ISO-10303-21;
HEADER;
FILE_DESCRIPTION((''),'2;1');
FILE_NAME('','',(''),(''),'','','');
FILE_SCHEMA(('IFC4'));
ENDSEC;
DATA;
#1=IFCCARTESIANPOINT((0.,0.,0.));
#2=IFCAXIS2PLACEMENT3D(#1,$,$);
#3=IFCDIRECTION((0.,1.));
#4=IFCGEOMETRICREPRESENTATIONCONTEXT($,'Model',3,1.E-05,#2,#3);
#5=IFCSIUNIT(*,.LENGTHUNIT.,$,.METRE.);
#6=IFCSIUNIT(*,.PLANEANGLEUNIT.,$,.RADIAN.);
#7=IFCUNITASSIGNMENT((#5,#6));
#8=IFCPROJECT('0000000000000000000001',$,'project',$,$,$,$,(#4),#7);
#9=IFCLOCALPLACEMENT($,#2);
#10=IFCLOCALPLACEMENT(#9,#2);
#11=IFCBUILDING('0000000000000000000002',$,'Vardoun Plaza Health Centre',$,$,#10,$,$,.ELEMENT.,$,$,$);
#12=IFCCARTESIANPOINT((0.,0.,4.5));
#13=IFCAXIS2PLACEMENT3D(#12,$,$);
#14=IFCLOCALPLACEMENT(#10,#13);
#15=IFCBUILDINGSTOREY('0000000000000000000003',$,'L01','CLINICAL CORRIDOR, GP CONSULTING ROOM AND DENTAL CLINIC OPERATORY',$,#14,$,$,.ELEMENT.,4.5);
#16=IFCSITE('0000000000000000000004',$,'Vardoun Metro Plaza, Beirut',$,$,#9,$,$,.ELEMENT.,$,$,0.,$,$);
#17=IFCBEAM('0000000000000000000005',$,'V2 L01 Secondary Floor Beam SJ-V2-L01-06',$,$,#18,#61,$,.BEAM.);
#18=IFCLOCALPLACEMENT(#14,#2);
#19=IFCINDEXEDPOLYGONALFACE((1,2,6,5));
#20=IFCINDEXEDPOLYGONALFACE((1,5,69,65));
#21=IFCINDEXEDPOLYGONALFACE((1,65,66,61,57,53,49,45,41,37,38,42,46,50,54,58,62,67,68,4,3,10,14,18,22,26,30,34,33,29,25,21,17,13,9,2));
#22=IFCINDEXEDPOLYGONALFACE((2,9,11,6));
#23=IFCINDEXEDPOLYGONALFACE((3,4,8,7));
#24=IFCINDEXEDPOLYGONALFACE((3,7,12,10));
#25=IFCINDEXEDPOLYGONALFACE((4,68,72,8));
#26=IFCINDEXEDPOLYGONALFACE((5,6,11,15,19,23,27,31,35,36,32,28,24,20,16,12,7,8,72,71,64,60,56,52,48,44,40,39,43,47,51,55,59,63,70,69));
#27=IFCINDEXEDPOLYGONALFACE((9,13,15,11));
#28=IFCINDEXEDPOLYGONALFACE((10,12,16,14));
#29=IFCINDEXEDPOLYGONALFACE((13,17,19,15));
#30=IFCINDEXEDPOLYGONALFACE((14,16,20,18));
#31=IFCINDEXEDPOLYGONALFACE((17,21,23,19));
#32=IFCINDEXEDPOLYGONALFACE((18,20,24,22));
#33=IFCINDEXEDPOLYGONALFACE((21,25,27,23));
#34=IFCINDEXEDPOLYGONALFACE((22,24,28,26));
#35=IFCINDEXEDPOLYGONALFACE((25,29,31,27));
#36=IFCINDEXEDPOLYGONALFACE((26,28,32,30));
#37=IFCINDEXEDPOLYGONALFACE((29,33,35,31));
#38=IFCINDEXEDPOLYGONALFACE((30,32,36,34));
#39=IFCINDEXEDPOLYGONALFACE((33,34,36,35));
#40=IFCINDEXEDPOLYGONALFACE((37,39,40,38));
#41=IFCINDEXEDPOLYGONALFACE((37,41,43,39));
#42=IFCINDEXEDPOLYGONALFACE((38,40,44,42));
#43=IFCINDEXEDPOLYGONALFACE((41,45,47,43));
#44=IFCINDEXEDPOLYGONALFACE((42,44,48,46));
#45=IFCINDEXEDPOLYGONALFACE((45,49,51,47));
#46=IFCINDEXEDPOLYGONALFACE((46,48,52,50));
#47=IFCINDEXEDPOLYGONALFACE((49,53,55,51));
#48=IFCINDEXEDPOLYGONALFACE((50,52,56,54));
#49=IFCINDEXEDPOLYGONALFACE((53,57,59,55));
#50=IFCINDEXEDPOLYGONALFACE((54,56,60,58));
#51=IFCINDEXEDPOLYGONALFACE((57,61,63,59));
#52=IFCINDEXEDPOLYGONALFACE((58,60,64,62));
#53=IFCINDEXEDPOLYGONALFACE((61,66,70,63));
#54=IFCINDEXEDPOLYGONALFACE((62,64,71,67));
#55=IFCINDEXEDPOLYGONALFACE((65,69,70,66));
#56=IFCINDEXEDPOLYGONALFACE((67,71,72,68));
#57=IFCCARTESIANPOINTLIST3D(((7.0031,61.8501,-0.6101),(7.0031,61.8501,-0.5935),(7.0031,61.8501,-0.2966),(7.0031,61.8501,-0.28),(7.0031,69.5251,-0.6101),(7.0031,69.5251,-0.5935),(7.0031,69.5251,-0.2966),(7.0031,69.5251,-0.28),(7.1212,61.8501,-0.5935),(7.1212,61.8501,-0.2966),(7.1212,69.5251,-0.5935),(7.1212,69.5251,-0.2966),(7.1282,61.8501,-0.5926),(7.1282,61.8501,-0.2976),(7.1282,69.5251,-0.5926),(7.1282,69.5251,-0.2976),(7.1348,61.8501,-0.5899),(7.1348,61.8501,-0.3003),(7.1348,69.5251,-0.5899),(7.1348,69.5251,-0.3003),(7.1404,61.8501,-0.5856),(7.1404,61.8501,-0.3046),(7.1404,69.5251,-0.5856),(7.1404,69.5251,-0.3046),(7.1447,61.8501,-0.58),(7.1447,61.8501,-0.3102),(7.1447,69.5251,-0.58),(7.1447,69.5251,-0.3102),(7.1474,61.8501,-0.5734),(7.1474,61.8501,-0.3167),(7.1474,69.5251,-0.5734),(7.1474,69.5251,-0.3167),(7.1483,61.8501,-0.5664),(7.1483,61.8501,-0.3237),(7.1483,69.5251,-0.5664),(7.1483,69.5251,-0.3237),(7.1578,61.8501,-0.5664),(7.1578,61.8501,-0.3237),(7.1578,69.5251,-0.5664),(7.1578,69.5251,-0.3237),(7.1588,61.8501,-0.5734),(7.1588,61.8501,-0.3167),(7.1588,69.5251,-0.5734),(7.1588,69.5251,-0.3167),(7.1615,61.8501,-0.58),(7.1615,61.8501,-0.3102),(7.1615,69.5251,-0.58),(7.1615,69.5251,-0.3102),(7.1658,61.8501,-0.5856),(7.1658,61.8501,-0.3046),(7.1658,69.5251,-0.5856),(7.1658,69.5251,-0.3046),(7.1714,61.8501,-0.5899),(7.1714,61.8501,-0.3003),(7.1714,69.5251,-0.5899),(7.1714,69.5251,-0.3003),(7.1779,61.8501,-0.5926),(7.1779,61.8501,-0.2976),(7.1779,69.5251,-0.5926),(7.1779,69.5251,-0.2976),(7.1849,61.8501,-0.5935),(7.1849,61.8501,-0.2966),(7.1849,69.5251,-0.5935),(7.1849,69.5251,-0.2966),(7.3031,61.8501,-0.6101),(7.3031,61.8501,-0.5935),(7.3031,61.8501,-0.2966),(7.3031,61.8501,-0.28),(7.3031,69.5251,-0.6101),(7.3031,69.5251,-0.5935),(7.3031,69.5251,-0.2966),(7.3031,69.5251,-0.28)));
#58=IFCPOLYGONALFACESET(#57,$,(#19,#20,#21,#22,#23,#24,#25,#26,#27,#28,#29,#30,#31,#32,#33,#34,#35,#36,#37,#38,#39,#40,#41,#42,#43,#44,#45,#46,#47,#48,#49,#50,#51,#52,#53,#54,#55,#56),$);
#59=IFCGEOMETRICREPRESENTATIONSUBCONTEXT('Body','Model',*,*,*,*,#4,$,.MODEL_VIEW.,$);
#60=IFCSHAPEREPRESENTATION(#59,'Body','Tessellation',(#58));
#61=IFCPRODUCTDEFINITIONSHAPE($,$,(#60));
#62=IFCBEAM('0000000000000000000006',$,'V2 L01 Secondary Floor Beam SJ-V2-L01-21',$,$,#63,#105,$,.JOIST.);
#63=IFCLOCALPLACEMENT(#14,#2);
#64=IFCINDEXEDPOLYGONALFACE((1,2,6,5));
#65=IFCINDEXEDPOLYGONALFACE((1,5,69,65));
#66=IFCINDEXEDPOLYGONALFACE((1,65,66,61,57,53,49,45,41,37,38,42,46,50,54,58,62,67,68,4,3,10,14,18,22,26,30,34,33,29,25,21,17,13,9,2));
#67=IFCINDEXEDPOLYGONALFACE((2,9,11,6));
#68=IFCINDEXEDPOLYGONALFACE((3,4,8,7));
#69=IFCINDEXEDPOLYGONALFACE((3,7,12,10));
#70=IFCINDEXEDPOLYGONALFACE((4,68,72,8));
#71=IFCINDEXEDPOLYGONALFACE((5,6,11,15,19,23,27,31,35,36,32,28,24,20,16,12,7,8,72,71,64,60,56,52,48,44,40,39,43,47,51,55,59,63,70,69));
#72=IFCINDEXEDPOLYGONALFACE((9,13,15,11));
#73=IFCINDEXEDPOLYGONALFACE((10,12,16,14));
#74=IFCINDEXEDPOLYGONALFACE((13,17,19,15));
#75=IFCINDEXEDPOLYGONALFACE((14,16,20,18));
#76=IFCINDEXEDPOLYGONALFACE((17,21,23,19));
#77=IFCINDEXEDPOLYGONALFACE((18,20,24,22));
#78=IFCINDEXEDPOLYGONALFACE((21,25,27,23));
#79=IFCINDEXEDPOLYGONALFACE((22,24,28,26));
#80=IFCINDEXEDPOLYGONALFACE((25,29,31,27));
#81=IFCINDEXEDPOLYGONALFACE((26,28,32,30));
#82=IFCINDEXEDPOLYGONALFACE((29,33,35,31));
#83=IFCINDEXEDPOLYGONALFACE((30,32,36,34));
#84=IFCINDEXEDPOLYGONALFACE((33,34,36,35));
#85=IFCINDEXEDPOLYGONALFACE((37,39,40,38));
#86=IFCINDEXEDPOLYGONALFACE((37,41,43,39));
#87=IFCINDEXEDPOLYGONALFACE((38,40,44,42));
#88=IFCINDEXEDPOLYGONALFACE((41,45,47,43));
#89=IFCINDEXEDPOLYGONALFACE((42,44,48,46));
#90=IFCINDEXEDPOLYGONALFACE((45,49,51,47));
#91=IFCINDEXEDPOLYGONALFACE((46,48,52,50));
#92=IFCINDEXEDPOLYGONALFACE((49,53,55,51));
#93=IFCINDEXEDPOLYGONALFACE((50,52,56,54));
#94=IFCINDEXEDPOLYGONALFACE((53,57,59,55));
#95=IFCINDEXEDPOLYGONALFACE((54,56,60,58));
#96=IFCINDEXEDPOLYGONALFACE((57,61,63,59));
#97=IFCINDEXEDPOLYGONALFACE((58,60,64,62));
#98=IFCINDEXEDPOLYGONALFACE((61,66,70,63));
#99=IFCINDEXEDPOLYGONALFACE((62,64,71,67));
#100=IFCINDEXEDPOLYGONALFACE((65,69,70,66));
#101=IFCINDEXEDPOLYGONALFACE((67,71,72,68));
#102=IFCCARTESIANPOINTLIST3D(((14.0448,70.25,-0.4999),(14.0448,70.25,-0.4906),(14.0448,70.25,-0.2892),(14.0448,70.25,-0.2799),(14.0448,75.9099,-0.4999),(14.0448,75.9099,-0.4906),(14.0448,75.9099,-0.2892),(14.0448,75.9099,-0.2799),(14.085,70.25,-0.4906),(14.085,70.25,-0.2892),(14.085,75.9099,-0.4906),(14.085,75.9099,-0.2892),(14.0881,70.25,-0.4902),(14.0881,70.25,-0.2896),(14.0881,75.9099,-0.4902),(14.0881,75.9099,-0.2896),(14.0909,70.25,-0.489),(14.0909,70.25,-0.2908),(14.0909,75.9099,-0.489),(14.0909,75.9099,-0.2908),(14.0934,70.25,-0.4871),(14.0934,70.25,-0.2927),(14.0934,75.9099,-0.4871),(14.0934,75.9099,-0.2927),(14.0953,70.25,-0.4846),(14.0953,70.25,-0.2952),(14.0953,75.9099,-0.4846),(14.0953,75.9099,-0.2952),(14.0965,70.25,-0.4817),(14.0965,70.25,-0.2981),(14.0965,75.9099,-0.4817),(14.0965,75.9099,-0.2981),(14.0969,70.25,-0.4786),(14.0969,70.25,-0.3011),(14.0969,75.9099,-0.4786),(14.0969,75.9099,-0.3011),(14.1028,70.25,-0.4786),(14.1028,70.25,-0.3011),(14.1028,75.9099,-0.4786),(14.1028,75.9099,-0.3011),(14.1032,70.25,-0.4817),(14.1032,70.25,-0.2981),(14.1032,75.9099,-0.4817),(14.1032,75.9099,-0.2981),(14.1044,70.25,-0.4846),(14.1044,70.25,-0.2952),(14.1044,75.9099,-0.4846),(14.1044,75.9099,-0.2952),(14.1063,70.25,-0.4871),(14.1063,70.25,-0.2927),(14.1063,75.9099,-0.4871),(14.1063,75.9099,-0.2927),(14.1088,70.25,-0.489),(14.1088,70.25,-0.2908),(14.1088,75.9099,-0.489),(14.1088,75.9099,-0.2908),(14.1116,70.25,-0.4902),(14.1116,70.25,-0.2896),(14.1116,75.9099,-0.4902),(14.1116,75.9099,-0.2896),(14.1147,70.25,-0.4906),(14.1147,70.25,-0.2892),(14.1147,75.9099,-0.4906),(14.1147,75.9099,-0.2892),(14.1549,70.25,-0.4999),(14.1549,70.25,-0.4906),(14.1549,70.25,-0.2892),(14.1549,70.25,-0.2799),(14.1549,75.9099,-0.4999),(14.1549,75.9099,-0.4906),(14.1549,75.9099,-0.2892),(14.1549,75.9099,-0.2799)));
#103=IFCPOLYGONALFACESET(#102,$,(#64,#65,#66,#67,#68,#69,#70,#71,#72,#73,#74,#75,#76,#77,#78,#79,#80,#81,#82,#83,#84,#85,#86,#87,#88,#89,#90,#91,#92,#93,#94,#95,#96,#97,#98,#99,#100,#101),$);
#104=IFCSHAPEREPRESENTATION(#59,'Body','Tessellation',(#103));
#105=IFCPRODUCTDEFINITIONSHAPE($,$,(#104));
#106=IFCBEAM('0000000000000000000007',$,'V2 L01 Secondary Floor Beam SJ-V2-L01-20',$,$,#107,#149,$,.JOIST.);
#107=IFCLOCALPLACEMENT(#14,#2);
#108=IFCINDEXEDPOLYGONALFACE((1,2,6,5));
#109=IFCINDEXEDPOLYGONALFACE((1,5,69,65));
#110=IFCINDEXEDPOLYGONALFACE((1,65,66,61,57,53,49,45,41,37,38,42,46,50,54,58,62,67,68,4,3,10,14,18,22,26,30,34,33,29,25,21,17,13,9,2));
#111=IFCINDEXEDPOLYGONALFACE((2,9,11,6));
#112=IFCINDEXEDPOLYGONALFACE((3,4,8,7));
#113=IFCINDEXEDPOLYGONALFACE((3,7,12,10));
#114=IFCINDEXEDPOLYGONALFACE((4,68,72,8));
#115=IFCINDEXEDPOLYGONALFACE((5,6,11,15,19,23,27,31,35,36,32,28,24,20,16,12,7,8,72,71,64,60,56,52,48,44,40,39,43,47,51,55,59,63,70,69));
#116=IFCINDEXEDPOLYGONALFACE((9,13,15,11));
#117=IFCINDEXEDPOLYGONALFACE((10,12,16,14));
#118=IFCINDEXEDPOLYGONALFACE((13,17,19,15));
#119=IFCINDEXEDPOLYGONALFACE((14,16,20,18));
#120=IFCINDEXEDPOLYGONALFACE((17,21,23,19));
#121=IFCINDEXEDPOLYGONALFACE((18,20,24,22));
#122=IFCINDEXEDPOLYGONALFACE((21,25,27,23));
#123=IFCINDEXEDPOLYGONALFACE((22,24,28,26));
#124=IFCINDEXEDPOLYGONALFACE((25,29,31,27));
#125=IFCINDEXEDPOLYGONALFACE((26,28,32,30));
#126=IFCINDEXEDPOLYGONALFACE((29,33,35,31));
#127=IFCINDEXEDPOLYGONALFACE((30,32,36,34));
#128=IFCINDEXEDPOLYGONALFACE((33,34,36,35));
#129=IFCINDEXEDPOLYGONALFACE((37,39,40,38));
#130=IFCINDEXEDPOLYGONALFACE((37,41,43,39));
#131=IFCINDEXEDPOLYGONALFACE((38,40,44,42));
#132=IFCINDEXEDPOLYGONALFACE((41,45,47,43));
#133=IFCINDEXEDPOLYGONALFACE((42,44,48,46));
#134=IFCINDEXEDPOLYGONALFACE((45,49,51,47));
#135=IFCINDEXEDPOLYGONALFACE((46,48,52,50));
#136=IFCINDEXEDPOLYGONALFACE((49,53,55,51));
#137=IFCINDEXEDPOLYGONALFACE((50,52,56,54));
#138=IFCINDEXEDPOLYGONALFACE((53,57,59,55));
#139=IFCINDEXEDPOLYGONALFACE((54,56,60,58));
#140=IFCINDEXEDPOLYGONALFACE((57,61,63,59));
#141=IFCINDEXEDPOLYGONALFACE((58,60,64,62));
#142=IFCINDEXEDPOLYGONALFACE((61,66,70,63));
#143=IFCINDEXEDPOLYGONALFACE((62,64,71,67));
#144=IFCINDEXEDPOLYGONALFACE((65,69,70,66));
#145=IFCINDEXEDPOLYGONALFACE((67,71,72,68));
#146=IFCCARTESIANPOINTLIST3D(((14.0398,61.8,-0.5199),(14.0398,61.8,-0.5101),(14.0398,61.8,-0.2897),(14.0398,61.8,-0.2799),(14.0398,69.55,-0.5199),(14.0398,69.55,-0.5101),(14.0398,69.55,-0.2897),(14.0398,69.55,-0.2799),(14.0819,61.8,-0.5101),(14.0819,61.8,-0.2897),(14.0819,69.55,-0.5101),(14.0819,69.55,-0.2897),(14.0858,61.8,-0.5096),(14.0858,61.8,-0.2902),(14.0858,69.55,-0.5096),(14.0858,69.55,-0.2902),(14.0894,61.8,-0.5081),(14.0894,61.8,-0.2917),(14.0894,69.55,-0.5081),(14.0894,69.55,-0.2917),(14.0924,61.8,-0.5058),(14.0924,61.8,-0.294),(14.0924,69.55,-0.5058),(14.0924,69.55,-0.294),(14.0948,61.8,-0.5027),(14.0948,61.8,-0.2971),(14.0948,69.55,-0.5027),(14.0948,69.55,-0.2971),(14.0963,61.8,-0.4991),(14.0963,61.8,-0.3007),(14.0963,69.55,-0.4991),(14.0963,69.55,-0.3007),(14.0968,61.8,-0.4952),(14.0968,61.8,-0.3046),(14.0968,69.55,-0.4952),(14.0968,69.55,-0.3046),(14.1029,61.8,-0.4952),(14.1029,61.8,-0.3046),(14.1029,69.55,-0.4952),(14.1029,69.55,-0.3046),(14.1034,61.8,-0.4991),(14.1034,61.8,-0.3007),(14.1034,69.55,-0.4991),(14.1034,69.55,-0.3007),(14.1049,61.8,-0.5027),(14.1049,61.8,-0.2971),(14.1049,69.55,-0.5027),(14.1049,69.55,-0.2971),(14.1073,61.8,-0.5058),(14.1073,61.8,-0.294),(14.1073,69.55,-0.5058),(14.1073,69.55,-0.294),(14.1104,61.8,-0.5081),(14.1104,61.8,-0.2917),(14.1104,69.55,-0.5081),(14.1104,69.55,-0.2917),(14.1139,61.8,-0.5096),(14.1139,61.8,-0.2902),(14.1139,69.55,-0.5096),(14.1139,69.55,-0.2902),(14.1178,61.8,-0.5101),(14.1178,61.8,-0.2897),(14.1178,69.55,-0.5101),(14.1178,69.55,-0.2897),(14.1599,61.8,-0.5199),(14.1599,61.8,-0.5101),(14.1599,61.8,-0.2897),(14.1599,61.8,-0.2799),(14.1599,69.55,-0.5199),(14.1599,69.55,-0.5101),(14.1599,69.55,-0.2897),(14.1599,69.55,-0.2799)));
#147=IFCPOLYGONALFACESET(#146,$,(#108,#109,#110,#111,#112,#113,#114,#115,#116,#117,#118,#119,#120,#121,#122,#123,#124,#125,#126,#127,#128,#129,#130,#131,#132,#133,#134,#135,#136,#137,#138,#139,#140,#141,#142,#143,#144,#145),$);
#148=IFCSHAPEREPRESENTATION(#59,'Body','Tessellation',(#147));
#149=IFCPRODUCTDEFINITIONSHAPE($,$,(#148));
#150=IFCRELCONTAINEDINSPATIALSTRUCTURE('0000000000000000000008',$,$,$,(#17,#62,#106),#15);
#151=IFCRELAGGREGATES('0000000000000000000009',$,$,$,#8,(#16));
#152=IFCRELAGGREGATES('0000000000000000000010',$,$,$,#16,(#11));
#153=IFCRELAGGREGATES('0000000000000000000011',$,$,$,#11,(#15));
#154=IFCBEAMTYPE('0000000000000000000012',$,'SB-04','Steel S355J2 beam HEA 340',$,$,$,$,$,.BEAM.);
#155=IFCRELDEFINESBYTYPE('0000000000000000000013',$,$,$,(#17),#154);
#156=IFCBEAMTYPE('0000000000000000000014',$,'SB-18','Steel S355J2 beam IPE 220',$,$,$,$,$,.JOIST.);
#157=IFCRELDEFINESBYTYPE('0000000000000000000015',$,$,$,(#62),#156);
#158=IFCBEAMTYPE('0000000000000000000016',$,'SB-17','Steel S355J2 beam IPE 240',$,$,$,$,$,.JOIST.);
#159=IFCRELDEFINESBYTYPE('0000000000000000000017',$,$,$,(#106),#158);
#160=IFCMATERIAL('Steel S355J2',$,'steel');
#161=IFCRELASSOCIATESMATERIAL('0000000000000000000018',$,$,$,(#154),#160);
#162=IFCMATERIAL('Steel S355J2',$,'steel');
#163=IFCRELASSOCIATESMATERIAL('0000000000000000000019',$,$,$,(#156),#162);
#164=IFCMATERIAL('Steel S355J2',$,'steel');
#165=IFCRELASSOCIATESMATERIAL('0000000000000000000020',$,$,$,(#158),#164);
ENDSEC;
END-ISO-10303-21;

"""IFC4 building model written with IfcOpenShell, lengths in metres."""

from ifc_helpers import new_model, si_unit, direction, frame, origin, origin_2d, place, context, subcontext, project, spatial, i_section, extrude, material, material_profile, profile_set, type_object, element, save


model = new_model("IFC4")

# Units and contexts
model_context = context("Model", 3, precision=1e-05, world=origin(), true_north=direction((0.0, 1.0)))
body_context = subcontext(model_context, "Body", "Model", "MODEL_VIEW")
ifc_project = project(units=[si_unit("LENGTHUNIT", "METRE"), si_unit("PLANEANGLEUNIT", "RADIAN")], contexts=[model_context])

# Site, building, storey
site_placement = place(None, origin())
site = spatial("IfcSite", under=ifc_project, at=site_placement, Name="Vardoun Metro Plaza, Beirut", CompositionType="ELEMENT", RefElevation=0.0)
building_placement = place(site_placement, origin())
building = spatial("IfcBuilding", under=site, at=building_placement, Name="Vardoun Plaza Health Centre", CompositionType="ELEMENT")
storey_placement = place(building_placement, frame((0.0, 0.0, 4.5)))
storey = spatial("IfcBuildingStorey", under=building, at=storey_placement, Name="L01", Description="CLINICAL CORRIDOR, GP CONSULTING ROOM AND DENTAL CLINIC OPERATORY", CompositionType="ELEMENT", Elevation=4.5)

# Beams
ifc_material_1 = material(Name="Steel S355J2", Category="steel")
ifc_material_profile_1 = material_profile(ifc_material_1, i_section(OverallWidth=0.3, OverallDepth=0.3301, WebThickness=0.0095, FlangeThickness=0.0166, FilletRadius=0.0271, at=origin_2d()), Name="HEA 340")
ifc_profile_set_1 = profile_set([ifc_material_profile_1], Name="Steel S355J2")
beam_type_1 = type_object("IfcBeamType", Name="SB-04", Description="Steel S355J2 beam HEA 340", PredefinedType="BEAM", material=ifc_profile_set_1)
beam_1_placement = place(storey_placement, frame((7.1531, 61.8501, -0.4451), z_axis=(0.0, 1.0, 0.0), x_axis=(-1.0, 0.0, 0.0)))
element("IfcBeam", 1, at=beam_1_placement, inside=storey, type_object=beam_type_1, Name="V2 L01 Secondary Floor Beam SJ-V2-L01-06", PredefinedType="BEAM", context=body_context, shape_type="SweptSolid", body=[
    extrude(i_section(OverallWidth=0.3, OverallDepth=0.3301, WebThickness=0.0095, FlangeThickness=0.0166, FilletRadius=0.0271, at=origin_2d()), origin(), (0.0, 0.0, 1.0), 7.675),
])
ifc_material_2 = material(Name="Steel S355J2", Category="steel")
ifc_material_profile_2 = material_profile(ifc_material_2, i_section(OverallWidth=0.1101, OverallDepth=0.22, WebThickness=0.0059, FlangeThickness=0.0093, FilletRadius=0.012, at=origin_2d()), Name="IPE 220")
ifc_profile_set_2 = profile_set([ifc_material_profile_2], Name="Steel S355J2")
beam_type_2 = type_object("IfcBeamType", Name="SB-18", Description="Steel S355J2 beam IPE 220", PredefinedType="JOIST", material=ifc_profile_set_2)
beam_2_placement = place(storey_placement, frame((14.0999, 70.25, -0.3899), z_axis=(0.0, 1.0, 0.0), x_axis=(-1.0, 0.0, 0.0)))
element("IfcBeam", 2, at=beam_2_placement, inside=storey, type_object=beam_type_2, Name="V2 L01 Secondary Floor Beam SJ-V2-L01-21", PredefinedType="JOIST", context=body_context, shape_type="SweptSolid", body=[
    extrude(i_section(OverallWidth=0.1101, OverallDepth=0.22, WebThickness=0.0059, FlangeThickness=0.0093, FilletRadius=0.012, at=origin_2d()), origin(), (0.0, 0.0, 1.0), 5.6599),
])
ifc_material_3 = material(Name="Steel S355J2", Category="steel")
ifc_material_profile_3 = material_profile(ifc_material_3, i_section(OverallWidth=0.1201, OverallDepth=0.24, WebThickness=0.0061, FlangeThickness=0.0098, FilletRadius=0.0149, at=origin_2d()), Name="IPE 240")
ifc_profile_set_3 = profile_set([ifc_material_profile_3], Name="Steel S355J2")
beam_type_3 = type_object("IfcBeamType", Name="SB-17", Description="Steel S355J2 beam IPE 240", PredefinedType="JOIST", material=ifc_profile_set_3)
beam_3_placement = place(storey_placement, frame((14.0999, 61.8, -0.3999), z_axis=(0.0, 1.0, 0.0), x_axis=(-1.0, 0.0, 0.0)))
element("IfcBeam", 3, at=beam_3_placement, inside=storey, type_object=beam_type_3, Name="V2 L01 Secondary Floor Beam SJ-V2-L01-20", PredefinedType="JOIST", context=body_context, shape_type="SweptSolid", body=[
    extrude(i_section(OverallWidth=0.1201, OverallDepth=0.24, WebThickness=0.0061, FlangeThickness=0.0098, FilletRadius=0.0149, at=origin_2d()), origin(), (0.0, 0.0, 1.0), 7.75),
])

save(model, "model.ifc")
